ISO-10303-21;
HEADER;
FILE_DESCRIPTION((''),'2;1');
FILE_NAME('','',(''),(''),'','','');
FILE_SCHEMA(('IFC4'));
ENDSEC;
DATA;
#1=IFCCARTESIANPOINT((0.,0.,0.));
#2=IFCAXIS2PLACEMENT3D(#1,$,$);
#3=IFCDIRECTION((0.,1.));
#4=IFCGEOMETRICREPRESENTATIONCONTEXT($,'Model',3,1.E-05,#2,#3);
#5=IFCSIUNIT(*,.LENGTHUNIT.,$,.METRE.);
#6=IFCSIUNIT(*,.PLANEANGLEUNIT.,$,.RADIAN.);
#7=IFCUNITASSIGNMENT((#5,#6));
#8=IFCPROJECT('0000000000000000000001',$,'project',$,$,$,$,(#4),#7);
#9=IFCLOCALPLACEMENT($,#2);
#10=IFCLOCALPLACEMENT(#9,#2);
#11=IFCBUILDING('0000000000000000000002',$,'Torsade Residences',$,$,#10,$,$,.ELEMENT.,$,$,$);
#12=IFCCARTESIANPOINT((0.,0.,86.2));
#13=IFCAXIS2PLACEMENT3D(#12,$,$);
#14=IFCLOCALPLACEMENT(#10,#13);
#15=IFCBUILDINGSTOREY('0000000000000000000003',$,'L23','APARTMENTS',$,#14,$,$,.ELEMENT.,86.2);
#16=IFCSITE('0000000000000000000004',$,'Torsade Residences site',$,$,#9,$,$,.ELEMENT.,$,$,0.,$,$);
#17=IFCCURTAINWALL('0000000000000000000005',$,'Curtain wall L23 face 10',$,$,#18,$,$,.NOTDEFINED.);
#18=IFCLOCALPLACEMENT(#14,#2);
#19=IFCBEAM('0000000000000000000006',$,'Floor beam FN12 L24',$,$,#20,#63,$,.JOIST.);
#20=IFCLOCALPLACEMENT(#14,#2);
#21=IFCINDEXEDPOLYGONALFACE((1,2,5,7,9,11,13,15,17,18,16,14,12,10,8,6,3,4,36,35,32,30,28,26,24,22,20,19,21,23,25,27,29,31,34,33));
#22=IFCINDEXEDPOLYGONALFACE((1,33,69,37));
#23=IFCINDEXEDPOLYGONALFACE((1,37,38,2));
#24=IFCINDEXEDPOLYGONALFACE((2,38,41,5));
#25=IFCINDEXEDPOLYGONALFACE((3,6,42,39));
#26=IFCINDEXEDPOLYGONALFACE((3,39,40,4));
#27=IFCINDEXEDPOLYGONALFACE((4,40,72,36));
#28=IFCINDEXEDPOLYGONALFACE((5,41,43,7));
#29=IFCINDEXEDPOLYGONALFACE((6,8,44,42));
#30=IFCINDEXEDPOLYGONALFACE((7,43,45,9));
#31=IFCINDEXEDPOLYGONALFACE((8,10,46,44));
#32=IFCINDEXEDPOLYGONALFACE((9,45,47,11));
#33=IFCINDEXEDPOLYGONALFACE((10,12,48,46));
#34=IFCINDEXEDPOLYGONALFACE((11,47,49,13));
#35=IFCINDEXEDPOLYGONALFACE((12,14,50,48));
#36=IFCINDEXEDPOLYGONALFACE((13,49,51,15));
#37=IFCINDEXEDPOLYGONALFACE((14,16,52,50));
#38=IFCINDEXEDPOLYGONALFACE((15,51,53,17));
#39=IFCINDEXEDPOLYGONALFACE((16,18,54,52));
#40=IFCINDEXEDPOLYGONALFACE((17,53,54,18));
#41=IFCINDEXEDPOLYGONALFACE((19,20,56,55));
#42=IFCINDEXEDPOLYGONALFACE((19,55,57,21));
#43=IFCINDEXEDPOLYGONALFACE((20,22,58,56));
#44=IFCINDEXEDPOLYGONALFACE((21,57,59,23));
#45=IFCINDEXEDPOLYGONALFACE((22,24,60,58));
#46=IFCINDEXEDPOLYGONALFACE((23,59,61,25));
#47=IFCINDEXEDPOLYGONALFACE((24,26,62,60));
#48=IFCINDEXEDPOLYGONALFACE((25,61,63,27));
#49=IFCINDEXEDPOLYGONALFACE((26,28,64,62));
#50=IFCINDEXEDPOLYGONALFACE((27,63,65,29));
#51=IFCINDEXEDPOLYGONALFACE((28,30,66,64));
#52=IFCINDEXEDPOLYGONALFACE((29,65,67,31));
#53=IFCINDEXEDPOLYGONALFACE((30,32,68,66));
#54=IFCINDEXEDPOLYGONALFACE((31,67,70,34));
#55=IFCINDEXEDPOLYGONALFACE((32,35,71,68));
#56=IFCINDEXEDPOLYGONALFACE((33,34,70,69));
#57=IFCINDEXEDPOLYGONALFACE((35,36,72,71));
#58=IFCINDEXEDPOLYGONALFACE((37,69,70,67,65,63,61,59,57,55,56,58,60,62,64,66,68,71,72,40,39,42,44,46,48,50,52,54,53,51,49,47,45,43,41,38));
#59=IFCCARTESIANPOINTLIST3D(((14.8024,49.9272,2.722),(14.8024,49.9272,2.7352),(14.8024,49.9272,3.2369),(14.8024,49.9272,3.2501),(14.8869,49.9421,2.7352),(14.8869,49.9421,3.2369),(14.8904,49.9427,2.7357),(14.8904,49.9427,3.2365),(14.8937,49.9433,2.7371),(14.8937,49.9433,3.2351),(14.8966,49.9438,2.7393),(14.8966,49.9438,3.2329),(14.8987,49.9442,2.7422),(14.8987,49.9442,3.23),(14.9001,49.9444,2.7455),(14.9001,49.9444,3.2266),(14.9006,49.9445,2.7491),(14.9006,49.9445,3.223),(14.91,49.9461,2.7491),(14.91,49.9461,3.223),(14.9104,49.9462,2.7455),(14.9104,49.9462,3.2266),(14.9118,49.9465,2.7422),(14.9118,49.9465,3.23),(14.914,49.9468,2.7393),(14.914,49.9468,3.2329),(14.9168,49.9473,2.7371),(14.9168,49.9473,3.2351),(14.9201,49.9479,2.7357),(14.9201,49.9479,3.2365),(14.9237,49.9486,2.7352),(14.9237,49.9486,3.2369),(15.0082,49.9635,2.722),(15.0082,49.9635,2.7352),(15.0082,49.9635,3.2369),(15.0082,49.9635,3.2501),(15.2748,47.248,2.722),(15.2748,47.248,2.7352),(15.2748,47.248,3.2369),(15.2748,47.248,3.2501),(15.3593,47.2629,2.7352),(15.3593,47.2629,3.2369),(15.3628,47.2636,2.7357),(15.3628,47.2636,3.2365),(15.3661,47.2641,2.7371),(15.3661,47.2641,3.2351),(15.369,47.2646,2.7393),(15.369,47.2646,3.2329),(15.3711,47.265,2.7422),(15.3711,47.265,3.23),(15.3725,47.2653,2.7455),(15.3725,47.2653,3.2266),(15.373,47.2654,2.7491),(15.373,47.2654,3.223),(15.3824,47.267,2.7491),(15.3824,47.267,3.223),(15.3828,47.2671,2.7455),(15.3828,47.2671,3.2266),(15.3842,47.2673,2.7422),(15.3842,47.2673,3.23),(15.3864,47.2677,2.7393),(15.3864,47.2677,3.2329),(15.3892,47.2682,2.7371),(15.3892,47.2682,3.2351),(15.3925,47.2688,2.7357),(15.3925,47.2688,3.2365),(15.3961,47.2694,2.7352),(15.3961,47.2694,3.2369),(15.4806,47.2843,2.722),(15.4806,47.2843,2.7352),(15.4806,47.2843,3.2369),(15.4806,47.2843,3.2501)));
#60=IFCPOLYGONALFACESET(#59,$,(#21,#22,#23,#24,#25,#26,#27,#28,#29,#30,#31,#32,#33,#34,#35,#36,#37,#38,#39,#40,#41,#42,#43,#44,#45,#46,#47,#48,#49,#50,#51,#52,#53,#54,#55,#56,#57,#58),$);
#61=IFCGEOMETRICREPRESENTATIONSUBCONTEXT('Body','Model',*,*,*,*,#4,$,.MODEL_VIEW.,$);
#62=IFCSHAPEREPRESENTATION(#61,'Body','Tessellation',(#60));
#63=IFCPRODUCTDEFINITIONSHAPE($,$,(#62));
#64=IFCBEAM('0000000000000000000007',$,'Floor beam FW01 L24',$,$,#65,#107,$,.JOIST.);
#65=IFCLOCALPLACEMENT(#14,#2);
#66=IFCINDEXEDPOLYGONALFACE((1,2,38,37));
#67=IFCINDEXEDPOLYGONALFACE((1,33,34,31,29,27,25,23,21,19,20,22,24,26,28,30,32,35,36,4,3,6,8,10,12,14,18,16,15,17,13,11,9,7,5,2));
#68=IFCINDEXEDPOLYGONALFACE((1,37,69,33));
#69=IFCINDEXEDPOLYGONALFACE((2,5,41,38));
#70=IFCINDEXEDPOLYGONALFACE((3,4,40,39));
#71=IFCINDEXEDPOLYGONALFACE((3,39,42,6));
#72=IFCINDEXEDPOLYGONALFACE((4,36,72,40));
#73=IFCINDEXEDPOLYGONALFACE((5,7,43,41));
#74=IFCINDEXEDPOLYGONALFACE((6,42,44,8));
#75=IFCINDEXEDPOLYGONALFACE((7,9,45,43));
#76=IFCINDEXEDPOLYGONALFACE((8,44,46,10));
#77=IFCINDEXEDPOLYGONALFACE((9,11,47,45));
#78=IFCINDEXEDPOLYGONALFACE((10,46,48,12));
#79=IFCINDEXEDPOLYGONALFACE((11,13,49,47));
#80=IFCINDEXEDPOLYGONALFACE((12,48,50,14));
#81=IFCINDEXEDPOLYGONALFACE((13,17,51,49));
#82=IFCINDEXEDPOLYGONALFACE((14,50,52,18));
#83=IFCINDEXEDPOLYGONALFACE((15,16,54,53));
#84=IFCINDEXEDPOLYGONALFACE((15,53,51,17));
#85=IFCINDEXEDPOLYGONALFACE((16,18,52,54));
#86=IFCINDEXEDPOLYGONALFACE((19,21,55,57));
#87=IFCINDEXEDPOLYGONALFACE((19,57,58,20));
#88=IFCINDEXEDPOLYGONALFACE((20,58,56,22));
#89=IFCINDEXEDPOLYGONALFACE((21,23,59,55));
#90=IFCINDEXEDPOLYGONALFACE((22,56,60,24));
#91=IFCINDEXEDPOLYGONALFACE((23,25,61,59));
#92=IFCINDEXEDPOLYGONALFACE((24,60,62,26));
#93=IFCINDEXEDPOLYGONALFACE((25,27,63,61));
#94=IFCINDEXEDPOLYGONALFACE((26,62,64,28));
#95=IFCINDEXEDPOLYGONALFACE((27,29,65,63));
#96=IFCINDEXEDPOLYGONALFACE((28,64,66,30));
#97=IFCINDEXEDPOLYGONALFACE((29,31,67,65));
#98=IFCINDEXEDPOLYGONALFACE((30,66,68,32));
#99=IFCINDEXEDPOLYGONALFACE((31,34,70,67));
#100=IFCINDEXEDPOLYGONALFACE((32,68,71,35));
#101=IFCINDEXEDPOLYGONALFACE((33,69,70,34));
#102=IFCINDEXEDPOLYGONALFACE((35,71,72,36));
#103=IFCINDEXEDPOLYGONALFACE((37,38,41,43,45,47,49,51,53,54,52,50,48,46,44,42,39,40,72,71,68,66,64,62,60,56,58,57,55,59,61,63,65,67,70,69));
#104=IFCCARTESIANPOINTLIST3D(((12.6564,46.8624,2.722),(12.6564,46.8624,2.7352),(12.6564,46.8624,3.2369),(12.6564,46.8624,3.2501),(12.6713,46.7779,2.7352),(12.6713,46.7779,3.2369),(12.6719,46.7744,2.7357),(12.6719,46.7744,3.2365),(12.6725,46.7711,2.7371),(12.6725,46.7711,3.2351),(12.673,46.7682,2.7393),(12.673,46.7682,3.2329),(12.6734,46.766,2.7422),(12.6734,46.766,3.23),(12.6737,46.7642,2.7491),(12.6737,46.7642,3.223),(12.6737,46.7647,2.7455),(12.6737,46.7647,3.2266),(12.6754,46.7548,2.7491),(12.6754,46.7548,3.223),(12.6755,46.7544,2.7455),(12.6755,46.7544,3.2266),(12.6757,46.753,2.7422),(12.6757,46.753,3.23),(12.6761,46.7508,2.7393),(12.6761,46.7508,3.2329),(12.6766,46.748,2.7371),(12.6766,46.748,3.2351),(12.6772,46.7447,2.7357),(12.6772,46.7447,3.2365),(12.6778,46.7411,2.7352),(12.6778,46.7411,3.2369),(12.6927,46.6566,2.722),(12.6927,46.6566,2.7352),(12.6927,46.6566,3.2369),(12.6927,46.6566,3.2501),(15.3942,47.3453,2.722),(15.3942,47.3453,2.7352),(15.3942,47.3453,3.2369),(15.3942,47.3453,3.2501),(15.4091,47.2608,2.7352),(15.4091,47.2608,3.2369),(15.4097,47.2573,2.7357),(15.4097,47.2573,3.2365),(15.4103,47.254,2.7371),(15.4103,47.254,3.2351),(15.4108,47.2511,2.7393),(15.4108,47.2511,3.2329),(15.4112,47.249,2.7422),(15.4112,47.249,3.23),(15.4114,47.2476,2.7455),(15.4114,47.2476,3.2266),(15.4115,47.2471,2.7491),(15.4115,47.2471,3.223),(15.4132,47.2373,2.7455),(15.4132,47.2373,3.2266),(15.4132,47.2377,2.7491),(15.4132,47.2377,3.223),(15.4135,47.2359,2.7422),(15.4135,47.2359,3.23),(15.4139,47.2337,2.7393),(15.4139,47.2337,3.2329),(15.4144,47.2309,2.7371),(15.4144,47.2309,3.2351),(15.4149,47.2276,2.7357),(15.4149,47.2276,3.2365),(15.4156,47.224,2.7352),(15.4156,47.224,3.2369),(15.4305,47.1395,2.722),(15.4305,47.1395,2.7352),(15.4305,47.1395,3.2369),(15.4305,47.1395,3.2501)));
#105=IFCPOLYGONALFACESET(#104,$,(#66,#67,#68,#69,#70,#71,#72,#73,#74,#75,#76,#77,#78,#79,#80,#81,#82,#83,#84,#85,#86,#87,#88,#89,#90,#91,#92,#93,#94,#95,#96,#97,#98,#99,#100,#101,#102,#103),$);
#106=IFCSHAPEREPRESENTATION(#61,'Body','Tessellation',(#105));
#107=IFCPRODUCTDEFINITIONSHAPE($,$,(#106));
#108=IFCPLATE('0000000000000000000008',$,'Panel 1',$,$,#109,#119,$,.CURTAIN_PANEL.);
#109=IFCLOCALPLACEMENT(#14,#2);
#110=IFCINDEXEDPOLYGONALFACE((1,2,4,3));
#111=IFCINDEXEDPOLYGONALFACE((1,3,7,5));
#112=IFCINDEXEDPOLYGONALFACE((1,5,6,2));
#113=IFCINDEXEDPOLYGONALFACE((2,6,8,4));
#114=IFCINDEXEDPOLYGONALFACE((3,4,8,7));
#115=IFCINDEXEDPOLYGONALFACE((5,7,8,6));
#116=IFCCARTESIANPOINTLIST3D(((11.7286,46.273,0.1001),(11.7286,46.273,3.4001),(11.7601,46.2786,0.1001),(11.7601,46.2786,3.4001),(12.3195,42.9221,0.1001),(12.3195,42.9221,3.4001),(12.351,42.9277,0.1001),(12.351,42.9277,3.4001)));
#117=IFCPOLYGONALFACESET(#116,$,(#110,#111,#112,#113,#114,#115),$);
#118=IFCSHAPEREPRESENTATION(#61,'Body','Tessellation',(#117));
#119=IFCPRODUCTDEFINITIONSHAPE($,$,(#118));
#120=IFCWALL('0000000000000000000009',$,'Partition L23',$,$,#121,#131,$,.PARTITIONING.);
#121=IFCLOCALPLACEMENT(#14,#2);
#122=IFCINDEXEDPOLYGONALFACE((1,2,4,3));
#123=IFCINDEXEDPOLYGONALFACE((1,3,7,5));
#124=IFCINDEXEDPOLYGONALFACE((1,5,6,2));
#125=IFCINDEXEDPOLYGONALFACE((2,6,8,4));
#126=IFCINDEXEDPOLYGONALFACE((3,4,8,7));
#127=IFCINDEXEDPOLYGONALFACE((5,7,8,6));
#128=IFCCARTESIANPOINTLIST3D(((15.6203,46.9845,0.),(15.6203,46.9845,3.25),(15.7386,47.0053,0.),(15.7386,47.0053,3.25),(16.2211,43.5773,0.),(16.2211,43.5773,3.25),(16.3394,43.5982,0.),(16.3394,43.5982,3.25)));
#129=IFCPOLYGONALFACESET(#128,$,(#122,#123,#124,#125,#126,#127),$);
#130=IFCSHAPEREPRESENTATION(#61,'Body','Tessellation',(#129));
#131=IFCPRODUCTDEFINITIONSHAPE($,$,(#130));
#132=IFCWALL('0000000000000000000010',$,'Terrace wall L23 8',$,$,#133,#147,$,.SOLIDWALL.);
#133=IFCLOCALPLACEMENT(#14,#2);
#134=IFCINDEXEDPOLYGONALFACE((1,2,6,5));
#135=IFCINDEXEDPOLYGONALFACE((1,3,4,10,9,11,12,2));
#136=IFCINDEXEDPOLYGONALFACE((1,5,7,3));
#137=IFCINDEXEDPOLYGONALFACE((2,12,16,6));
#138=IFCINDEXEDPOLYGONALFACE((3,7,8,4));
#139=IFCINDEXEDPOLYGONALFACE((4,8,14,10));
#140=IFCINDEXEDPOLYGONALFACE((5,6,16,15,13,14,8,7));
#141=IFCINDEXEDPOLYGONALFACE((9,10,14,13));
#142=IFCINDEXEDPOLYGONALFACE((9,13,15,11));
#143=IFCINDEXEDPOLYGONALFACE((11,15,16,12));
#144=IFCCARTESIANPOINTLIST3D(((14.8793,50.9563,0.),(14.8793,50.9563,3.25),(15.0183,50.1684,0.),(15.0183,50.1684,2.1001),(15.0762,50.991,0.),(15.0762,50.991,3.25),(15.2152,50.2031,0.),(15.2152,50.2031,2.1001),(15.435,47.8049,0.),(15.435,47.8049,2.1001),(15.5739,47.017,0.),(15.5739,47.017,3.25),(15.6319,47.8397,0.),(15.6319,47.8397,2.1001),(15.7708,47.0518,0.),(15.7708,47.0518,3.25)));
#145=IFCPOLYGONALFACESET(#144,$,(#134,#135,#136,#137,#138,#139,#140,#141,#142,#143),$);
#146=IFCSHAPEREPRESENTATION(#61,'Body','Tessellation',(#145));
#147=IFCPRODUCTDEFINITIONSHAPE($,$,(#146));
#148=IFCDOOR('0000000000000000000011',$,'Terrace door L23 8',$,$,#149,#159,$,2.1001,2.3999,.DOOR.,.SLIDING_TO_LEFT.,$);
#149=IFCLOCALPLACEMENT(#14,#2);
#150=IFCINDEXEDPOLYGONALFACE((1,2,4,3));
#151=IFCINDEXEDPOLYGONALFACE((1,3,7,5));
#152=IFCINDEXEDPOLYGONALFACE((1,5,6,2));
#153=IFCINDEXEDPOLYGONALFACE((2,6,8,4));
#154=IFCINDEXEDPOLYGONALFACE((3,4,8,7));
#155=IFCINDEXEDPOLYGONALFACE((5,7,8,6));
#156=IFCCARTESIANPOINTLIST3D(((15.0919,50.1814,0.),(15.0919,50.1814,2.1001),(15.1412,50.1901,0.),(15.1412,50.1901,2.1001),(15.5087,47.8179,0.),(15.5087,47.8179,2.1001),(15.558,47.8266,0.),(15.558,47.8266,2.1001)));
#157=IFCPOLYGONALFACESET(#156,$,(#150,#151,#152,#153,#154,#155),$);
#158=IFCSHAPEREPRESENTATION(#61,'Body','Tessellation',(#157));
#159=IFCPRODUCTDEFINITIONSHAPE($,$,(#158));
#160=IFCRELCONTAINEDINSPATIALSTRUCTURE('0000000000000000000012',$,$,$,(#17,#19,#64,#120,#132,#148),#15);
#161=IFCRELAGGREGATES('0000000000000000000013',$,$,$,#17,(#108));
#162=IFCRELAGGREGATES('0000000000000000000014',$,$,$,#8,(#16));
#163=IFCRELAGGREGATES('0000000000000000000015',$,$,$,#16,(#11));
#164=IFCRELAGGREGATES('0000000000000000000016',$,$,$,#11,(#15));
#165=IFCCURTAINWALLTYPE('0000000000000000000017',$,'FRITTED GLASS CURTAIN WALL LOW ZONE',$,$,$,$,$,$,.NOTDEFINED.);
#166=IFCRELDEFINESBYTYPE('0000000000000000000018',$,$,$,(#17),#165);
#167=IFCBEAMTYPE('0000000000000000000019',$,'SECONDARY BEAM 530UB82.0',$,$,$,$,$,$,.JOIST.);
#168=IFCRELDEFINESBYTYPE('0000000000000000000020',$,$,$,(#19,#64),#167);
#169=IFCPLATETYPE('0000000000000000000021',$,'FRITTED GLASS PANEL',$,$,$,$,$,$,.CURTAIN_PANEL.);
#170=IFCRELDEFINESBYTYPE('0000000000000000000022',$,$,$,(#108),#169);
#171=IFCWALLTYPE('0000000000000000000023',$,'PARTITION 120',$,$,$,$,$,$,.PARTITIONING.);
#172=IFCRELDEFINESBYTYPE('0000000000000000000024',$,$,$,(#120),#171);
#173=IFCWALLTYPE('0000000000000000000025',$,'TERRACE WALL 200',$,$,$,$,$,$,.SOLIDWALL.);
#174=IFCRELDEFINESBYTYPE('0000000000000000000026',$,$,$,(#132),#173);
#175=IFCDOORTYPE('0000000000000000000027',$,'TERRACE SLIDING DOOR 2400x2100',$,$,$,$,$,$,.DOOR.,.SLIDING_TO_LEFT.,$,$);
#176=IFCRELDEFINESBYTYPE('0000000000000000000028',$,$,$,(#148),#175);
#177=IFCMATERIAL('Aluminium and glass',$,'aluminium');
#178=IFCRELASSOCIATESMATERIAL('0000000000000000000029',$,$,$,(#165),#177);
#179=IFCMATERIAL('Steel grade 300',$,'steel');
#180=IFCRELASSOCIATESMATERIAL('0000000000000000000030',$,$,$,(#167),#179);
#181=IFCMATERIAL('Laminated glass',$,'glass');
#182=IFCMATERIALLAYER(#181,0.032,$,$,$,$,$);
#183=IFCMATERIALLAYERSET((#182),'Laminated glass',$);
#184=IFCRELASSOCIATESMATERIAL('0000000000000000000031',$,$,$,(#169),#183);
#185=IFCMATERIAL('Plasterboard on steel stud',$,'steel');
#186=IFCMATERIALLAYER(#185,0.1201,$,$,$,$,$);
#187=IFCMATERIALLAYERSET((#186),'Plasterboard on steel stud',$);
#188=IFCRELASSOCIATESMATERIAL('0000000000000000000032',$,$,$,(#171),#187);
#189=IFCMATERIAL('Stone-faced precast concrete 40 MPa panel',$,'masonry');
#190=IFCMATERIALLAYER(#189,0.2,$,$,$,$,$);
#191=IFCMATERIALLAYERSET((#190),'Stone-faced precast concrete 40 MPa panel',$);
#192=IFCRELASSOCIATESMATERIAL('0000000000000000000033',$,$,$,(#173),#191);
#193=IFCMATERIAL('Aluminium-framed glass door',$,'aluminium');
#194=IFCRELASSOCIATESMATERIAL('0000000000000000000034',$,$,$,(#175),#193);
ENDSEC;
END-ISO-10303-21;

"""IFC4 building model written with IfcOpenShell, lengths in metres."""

from ifc_helpers import new_model, si_unit, direction, frame, frame_2d, origin, origin_2d, place, context, subcontext, project, spatial, rectangle, i_section, extrude, material, layer, layer_set, material_profile, profile_set, type_object, element, fill, aggregate, save


model = new_model("IFC4")

# Units and contexts
model_context = context("Model", 3, precision=1e-05, world=origin(), true_north=direction((0.0, 1.0)))
body_context = subcontext(model_context, "Body", "Model", "MODEL_VIEW")
ifc_project = project(units=[si_unit("LENGTHUNIT", "METRE"), si_unit("PLANEANGLEUNIT", "RADIAN")], contexts=[model_context])

# Site, building, storey
site_placement = place(None, origin())
site = spatial("IfcSite", under=ifc_project, at=site_placement, Name="Torsade Residences site", CompositionType="ELEMENT", RefElevation=0.0)
building_placement = place(site_placement, origin())
building = spatial("IfcBuilding", under=site, at=building_placement, Name="Torsade Residences", CompositionType="ELEMENT")
storey_placement = place(building_placement, frame((0.0, 0.0, 86.2)))
storey = spatial("IfcBuildingStorey", under=building, at=storey_placement, Name="L23", Description="APARTMENTS", CompositionType="ELEMENT", Elevation=86.2)

# Shared definitions
ifc_material_1 = material(Name="Aluminium and glass", Category="aluminium")
curtain_wall_type = type_object("IfcCurtainWallType", Name="FRITTED GLASS CURTAIN WALL LOW ZONE", PredefinedType="NOTDEFINED", material=ifc_material_1)

# Curtain wall
curtain_wall_1_placement = place(storey_placement, origin())
curtain_wall_1 = element("IfcCurtainWall", 1, at=curtain_wall_1_placement, inside=storey, type_object=curtain_wall_type, Name="Curtain wall L23 face 10", PredefinedType="NOTDEFINED")

# Beams
ifc_material_2 = material(Name="Steel grade 300", Category="steel")
ifc_material_profile_1 = material_profile(ifc_material_2, i_section(OverallWidth=0.209, OverallDepth=0.5281, WebThickness=0.0095, FlangeThickness=0.0132, FilletRadius=0.0139, at=origin_2d()), Name="530UB82.0")
ifc_profile_set_1 = profile_set([ifc_material_profile_1], Name="Steel grade 300")
beam_type_1 = type_object("IfcBeamType", Name="SECONDARY BEAM 530UB82.0", PredefinedType="JOIST", material=ifc_profile_set_1)
beam_1_placement = place(storey_placement, frame((14.9053, 49.9453, 2.9861), z_axis=(0.173647, -0.984808, 0.0), x_axis=(0.984808, 0.173647, 0.0)))
element("IfcBeam", 2, at=beam_1_placement, inside=storey, type_object=beam_type_1, Name="Floor beam FN12 L24", PredefinedType="JOIST", context=body_context, shape_type="SweptSolid", body=[
    extrude(i_section(OverallWidth=0.209, OverallDepth=0.5281, WebThickness=0.0095, FlangeThickness=0.0132, FilletRadius=0.0139, at=origin_2d()), origin(), (0.0, 0.0, 1.0), 2.7205),
])
beam_2_placement = place(storey_placement, frame((12.6746, 46.7595, 2.9861), z_axis=(0.984798, 0.173705, 0.0), x_axis=(-0.173705, 0.984798, 0.0)))
element("IfcBeam", 3, at=beam_2_placement, inside=storey, type_object=beam_type_1, Name="Floor beam FW01 L24", PredefinedType="JOIST", context=body_context, shape_type="SweptSolid", body=[
    extrude(i_section(OverallWidth=0.209, OverallDepth=0.5281, WebThickness=0.0095, FlangeThickness=0.0132, FilletRadius=0.0139, at=origin_2d()), origin(), (0.0, 0.0, 1.0), 2.78),
])

# Plate
ifc_material_3 = material(Name="Laminated glass", Category="glass")
ifc_layer_1 = layer(ifc_material_3, 0.032)
ifc_layer_set_1 = layer_set([ifc_layer_1], Name="Laminated glass")
plate_type = type_object("IfcPlateType", Name="FRITTED GLASS PANEL", PredefinedType="CURTAIN_PANEL", material=ifc_layer_set_1)
plate_placement = place(storey_placement, frame((12.0398, 44.6003, 0.1001), z_axis=(0.0, 0.0, 1.0), x_axis=(0.173648, -0.984808, 0.0)))
plate = element("IfcPlate", 4, at=plate_placement, type_object=plate_type, Name="Panel 1", PredefinedType="CURTAIN_PANEL", context=body_context, shape_type="SweptSolid", body=[
    extrude(rectangle(XDim=3.4026, YDim=0.032, at=origin_2d()), origin(), (0.0, 0.0, 1.0), 3.3),
])
aggregate(curtain_wall_1, [plate])

# Wall
ifc_material_4 = material(Name="Plasterboard on steel stud", Category="steel")
ifc_layer_2 = layer(ifc_material_4, 0.1201)
ifc_layer_set_2 = layer_set([ifc_layer_2], Name="Plasterboard on steel stud")
wall_type_1 = type_object("IfcWallType", Name="PARTITION 120", PredefinedType="PARTITIONING", material=ifc_layer_set_2)
wall_1_placement = place(storey_placement, frame((16.2803, 43.5876, 0.0), z_axis=(0.0, 0.0, 1.0), x_axis=(-0.173661, 0.984806, 0.0)))
element("IfcWall", 5, at=wall_1_placement, inside=storey, type_object=wall_type_1, Name="Partition L23", PredefinedType="PARTITIONING", context=body_context, shape_type="SweptSolid", body=[
    extrude(rectangle(XDim=3.4597, YDim=0.1201, at=frame_2d((1.73, 0.0))), origin(), (0.0, 0.0, 1.0), 3.25),
])

# Wall, opening, door
ifc_material_5 = material(Name="Stone-faced precast concrete 40 MPa panel", Category="masonry")
ifc_layer_3 = layer(ifc_material_5, 0.2)
ifc_layer_set_3 = layer_set([ifc_layer_3], Name="Stone-faced precast concrete 40 MPa panel")
wall_type_2 = type_object("IfcWallType", Name="TERRACE WALL 200", PredefinedType="SOLIDWALL", material=ifc_layer_set_3)
wall_2_placement = place(storey_placement, frame((14.9778, 50.9736, 0.0), z_axis=(0.0, 0.0, 1.0), x_axis=(0.173646, -0.984808, 0.0)))
wall_2 = element("IfcWall", 6, at=wall_2_placement, inside=storey, type_object=wall_type_2, Name="Terrace wall L23 8", PredefinedType="SOLIDWALL", context=body_context, shape_type="SweptSolid", body=[
    extrude(rectangle(XDim=4.0, YDim=0.2, at=frame_2d((2.0, 0.0))), origin(), (0.0, 0.0, 1.0), 3.25),
])
opening_1_placement = place(wall_2_placement, frame((0.8, 0.0, 0.0)))
opening_1 = element("IfcOpeningElement", 7, at=opening_1_placement, cuts=wall_2, PredefinedType="OPENING", context=body_context, shape_type="SweptSolid", body=[
    extrude(rectangle(XDim=2.3999, YDim=2.1001, at=frame_2d((1.2, 1.05))), frame((0.0, 0.1099, 0.0), z_axis=(0.0, -1.0, 0.0), x_axis=(1.0, 0.0, 0.0)), (0.0, 0.0, 1.0), 0.22),
])
ifc_material_6 = material(Name="Aluminium-framed glass door", Category="aluminium")
door_type = type_object("IfcDoorType", Name="TERRACE SLIDING DOOR 2400x2100", OperationType="SLIDING_TO_LEFT", PredefinedType="DOOR", material=ifc_material_6)
door_placement = place(opening_1_placement, origin())
door = element("IfcDoor", 8, at=door_placement, inside=storey, type_object=door_type, Name="Terrace door L23 8", OperationType="SLIDING_TO_LEFT", OverallHeight=2.1001, OverallWidth=2.3999, PredefinedType="DOOR", context=body_context, shape_type="SweptSolid", body=[
    extrude(rectangle(XDim=2.3999, YDim=2.1001, at=frame_2d((1.2, 1.05))), frame((0.0, 0.0249, 0.0), z_axis=(0.0, -1.0, 0.0), x_axis=(1.0, 0.0, 0.0)), (0.0, 0.0, 1.0), 0.05),
])
fill(opening_1, door)

save(model, "model.ifc")
